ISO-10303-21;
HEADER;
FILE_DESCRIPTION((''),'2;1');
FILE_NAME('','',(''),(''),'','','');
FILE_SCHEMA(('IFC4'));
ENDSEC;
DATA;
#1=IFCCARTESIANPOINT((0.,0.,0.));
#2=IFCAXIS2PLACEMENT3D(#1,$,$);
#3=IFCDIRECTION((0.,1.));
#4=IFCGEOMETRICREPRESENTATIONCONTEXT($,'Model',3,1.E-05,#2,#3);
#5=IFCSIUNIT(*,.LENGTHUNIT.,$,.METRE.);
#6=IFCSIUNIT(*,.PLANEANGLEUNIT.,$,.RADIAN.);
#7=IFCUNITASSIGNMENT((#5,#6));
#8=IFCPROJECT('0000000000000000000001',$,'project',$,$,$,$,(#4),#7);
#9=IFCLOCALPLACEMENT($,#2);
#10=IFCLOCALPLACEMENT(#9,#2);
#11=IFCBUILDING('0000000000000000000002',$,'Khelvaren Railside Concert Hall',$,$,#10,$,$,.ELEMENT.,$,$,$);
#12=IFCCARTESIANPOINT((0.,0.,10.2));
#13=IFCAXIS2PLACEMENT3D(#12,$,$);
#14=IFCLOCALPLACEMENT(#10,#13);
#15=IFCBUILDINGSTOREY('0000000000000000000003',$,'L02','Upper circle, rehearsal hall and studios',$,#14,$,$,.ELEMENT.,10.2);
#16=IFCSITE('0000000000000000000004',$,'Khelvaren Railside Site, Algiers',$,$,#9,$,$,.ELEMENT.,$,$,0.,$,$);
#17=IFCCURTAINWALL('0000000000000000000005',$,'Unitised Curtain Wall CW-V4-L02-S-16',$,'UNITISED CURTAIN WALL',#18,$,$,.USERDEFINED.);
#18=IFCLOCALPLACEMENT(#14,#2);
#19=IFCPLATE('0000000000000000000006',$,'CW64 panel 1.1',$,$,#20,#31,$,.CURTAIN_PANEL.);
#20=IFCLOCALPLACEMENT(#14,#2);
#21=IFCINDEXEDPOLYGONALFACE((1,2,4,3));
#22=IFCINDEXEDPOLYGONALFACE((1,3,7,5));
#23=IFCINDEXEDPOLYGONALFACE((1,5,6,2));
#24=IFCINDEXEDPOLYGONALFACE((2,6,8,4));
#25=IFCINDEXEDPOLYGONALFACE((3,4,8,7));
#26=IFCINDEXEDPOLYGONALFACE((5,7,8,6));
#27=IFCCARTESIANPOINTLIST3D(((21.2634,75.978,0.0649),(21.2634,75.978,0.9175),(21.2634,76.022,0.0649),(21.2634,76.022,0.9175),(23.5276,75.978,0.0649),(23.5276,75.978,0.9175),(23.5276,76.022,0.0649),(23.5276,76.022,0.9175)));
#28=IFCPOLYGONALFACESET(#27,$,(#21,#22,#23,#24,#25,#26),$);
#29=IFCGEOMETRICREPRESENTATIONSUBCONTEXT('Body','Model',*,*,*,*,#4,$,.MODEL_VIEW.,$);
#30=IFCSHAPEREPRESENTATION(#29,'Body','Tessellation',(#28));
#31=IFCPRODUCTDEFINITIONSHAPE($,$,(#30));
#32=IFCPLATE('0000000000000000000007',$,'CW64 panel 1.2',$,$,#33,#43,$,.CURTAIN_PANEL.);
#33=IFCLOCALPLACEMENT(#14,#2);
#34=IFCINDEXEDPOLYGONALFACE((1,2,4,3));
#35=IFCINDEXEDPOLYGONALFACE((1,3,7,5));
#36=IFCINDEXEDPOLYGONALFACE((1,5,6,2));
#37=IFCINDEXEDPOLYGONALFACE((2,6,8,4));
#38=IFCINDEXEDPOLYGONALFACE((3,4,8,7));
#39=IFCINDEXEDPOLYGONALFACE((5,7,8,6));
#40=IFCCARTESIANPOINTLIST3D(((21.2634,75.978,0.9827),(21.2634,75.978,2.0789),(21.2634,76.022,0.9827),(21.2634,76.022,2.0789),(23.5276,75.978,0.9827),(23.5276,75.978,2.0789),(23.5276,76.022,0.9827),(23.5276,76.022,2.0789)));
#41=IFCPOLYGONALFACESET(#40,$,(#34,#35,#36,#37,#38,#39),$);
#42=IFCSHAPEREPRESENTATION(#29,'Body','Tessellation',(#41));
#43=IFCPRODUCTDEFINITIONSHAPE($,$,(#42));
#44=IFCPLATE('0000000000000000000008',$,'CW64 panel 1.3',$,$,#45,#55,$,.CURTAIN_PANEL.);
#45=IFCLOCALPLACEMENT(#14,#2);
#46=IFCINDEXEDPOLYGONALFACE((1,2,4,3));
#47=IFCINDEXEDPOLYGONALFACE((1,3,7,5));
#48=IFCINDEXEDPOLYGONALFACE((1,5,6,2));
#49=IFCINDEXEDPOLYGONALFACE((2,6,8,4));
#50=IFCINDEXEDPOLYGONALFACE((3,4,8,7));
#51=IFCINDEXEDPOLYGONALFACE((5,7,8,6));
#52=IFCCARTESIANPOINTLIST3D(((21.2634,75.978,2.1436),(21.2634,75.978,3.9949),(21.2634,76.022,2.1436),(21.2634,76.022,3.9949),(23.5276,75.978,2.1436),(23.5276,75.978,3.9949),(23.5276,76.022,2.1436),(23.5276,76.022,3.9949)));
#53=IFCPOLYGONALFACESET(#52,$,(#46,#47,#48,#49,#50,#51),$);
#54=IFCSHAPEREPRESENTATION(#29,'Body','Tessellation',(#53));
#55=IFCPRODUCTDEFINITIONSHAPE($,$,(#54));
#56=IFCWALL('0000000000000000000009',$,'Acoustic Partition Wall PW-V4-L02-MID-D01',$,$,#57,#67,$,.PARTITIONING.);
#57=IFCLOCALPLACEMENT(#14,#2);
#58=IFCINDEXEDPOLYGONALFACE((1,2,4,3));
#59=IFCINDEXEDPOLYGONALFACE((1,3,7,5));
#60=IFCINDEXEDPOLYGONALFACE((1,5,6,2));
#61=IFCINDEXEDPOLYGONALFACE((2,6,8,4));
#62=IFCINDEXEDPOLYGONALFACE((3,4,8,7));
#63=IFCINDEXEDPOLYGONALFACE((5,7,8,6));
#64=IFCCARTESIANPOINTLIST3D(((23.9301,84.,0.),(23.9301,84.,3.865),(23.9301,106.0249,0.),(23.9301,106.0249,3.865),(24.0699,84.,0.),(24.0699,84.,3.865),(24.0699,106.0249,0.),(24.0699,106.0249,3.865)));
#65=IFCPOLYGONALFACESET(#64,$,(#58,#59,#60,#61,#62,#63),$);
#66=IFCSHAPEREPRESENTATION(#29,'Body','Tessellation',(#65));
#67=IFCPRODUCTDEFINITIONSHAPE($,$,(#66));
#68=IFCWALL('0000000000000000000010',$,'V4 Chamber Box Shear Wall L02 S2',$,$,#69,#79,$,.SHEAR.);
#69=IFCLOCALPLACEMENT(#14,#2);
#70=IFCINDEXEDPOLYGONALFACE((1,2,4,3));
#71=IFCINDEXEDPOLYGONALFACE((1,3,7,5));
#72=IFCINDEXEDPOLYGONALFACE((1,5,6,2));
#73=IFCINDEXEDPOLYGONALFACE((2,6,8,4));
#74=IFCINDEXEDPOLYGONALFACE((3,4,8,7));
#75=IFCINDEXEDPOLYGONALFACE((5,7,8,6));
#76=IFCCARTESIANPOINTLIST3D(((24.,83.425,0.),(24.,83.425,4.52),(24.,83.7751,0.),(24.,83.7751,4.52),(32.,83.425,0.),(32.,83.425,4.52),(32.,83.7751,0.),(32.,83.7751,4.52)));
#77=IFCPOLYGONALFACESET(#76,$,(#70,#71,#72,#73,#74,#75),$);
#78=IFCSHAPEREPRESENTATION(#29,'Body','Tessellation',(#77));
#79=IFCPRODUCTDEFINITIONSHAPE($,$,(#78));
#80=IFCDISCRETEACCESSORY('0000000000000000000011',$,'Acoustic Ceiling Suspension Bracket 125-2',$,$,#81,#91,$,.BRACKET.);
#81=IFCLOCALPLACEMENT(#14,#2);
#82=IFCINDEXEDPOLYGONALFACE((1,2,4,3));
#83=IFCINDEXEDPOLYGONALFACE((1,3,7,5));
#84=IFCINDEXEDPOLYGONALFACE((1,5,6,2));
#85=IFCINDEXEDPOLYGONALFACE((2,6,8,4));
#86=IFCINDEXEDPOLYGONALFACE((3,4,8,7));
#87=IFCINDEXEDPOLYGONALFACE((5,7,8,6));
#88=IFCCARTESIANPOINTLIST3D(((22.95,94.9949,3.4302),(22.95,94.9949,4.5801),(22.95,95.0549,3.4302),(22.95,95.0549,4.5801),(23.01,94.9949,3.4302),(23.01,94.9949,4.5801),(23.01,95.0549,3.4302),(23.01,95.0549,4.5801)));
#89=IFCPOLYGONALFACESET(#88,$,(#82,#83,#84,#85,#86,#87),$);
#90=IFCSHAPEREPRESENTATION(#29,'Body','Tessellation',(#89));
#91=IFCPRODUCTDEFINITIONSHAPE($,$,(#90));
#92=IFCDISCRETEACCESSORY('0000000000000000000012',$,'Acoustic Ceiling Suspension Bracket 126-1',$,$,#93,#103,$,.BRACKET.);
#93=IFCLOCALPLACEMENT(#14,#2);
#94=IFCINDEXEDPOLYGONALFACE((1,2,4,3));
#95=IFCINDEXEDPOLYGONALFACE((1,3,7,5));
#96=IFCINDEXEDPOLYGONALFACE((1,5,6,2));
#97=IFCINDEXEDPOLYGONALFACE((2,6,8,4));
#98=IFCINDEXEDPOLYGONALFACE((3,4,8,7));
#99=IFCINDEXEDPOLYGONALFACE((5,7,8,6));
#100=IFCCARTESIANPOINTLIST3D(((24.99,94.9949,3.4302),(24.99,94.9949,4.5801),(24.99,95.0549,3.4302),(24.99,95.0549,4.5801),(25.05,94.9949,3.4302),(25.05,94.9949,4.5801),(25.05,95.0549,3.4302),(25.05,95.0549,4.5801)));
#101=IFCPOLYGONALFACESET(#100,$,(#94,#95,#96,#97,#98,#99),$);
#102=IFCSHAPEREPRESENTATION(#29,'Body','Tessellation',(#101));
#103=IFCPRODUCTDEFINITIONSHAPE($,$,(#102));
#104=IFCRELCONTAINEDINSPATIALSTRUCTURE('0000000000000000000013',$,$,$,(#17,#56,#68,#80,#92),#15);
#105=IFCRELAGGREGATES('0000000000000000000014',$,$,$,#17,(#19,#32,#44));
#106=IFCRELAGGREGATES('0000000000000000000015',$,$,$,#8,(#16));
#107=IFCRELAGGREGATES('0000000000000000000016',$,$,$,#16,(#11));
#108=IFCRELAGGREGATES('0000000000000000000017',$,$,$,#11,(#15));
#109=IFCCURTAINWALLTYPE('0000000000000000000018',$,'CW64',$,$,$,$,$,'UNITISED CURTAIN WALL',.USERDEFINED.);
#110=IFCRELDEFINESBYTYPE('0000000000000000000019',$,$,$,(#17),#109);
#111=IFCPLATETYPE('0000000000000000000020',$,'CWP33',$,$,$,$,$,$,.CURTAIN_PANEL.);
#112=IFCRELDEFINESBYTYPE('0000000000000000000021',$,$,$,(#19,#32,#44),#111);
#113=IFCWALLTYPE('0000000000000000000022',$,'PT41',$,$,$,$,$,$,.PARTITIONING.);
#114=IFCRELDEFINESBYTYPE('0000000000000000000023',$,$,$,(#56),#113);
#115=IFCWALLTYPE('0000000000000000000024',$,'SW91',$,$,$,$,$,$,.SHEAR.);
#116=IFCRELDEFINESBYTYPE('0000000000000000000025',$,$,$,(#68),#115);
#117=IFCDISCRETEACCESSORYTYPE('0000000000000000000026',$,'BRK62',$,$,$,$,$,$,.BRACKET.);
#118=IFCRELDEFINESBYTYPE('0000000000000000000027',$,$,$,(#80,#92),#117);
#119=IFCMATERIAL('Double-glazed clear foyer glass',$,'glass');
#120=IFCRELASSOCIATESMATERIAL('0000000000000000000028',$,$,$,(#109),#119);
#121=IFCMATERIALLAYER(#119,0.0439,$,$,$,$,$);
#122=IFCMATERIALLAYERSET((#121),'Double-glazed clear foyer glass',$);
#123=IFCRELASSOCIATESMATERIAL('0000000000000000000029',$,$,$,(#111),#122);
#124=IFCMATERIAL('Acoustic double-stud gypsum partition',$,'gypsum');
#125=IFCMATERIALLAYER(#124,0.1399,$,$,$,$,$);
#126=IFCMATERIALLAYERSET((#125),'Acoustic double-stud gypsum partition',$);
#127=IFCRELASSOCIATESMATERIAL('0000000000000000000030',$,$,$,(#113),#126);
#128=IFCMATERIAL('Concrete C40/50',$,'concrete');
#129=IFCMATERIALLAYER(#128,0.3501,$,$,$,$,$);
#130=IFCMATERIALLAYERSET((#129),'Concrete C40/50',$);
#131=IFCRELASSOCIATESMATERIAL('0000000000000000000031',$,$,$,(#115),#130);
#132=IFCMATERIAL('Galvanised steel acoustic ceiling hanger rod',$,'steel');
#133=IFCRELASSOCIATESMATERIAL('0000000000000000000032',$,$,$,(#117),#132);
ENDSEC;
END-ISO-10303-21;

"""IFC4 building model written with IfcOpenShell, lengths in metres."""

from ifc_helpers import new_model, si_unit, direction, frame, frame_2d, origin, origin_2d, place, context, subcontext, project, spatial, rectangle, extrude, material, layer, layer_set, type_object, element, aggregate, save


model = new_model("IFC4")

# Units and contexts
model_context = context("Model", 3, precision=1e-05, world=origin(), true_north=direction((0.0, 1.0)))
body_context = subcontext(model_context, "Body", "Model", "MODEL_VIEW")
ifc_project = project(units=[si_unit("LENGTHUNIT", "METRE"), si_unit("PLANEANGLEUNIT", "RADIAN")], contexts=[model_context])

# Site, building, storey
site_placement = place(None, origin())
site = spatial("IfcSite", under=ifc_project, at=site_placement, Name="Khelvaren Railside Site, Algiers", CompositionType="ELEMENT", RefElevation=0.0)
building_placement = place(site_placement, origin())
building = spatial("IfcBuilding", under=site, at=building_placement, Name="Khelvaren Railside Concert Hall", CompositionType="ELEMENT")
storey_placement = place(building_placement, frame((0.0, 0.0, 10.2)))
storey = spatial("IfcBuildingStorey", under=building, at=storey_placement, Name="L02", Description="Upper circle, rehearsal hall and studios", CompositionType="ELEMENT", Elevation=10.2)

# Shared definitions
ifc_material_1 = material(Name="Concrete C40/50", Category="concrete")

# Curtain wall
ifc_material_2 = material(Name="Double-glazed clear foyer glass", Category="glass")
curtain_wall_type = type_object("IfcCurtainWallType", Name="CW64", ElementType="UNITISED CURTAIN WALL", PredefinedType="USERDEFINED", material=ifc_material_2)
curtain_wall_placement = place(storey_placement, origin())
curtain_wall = element("IfcCurtainWall", 1, at=curtain_wall_placement, inside=storey, type_object=curtain_wall_type, Name="Unitised Curtain Wall CW-V4-L02-S-16", ObjectType="UNITISED CURTAIN WALL", PredefinedType="USERDEFINED")

# Plates
ifc_layer_1 = layer(ifc_material_2, 0.0439)
ifc_layer_set_1 = layer_set([ifc_layer_1], Name="Double-glazed clear foyer glass")
plate_type = type_object("IfcPlateType", Name="CWP33", PredefinedType="CURTAIN_PANEL", material=ifc_layer_set_1)
plate_1_placement = place(storey_placement, frame((22.3955, 76.0, 0.0649), z_axis=(0.0, 0.0, 1.0), x_axis=(-1.0, 0.0, 0.0)))
plate_1 = element("IfcPlate", 2, at=plate_1_placement, type_object=plate_type, Name="CW64 panel 1.1", PredefinedType="CURTAIN_PANEL", context=body_context, shape_type="SweptSolid", body=[
    extrude(rectangle(XDim=2.2642, YDim=0.0439, at=origin_2d()), origin(), (0.0, 0.0, 1.0), 0.8525),
])
plate_2_placement = place(storey_placement, frame((22.3955, 76.0, 0.9827), z_axis=(0.0, 0.0, 1.0), x_axis=(-1.0, 0.0, 0.0)))
plate_2 = element("IfcPlate", 3, at=plate_2_placement, type_object=plate_type, Name="CW64 panel 1.2", PredefinedType="CURTAIN_PANEL", context=body_context, shape_type="SweptSolid", body=[
    extrude(rectangle(XDim=2.2642, YDim=0.0439, at=origin_2d()), origin(), (0.0, 0.0, 1.0), 1.0962),
])
plate_3_placement = place(storey_placement, frame((22.3955, 76.0, 2.1436), z_axis=(0.0, 0.0, 1.0), x_axis=(-1.0, 0.0, 0.0)))
plate_3 = element("IfcPlate", 4, at=plate_3_placement, type_object=plate_type, Name="CW64 panel 1.3", PredefinedType="CURTAIN_PANEL", context=body_context, shape_type="SweptSolid", body=[
    extrude(rectangle(XDim=2.2642, YDim=0.0439, at=origin_2d()), origin(), (0.0, 0.0, 1.0), 1.8513),
])
aggregate(curtain_wall, [plate_1, plate_2, plate_3])

# Walls
ifc_material_3 = material(Name="Acoustic double-stud gypsum partition", Category="gypsum")
ifc_layer_2 = layer(ifc_material_3, 0.1399)
ifc_layer_set_2 = layer_set([ifc_layer_2], Name="Acoustic double-stud gypsum partition")
wall_type_1 = type_object("IfcWallType", Name="PT41", PredefinedType="PARTITIONING", material=ifc_layer_set_2)
wall_1_placement = place(storey_placement, frame((24.0, 84.0, 0.0), z_axis=(0.0, 0.0, 1.0), x_axis=(0.0, 1.0, 0.0)))
element("IfcWall", 5, at=wall_1_placement, inside=storey, type_object=wall_type_1, Name="Acoustic Partition Wall PW-V4-L02-MID-D01", PredefinedType="PARTITIONING", context=body_context, shape_type="SweptSolid", body=[
    extrude(rectangle(XDim=22.0249, YDim=0.1399, at=frame_2d((11.0125, 0.0))), origin(), (0.0, 0.0, 1.0), 3.865),
])
ifc_layer_3 = layer(ifc_material_1, 0.3501)
ifc_layer_set_3 = layer_set([ifc_layer_3], Name="Concrete C40/50")
wall_type_2 = type_object("IfcWallType", Name="SW91", PredefinedType="SHEAR", material=ifc_layer_set_3)
wall_2_placement = place(storey_placement, frame((24.0, 83.6001, 0.0), z_axis=(0.0, 0.0, 1.0), x_axis=(1.0, 0.0, 0.0)))
element("IfcWall", 6, at=wall_2_placement, inside=storey, type_object=wall_type_2, Name="V4 Chamber Box Shear Wall L02 S2", PredefinedType="SHEAR", context=body_context, shape_type="SweptSolid", body=[
    extrude(rectangle(XDim=8.0, YDim=0.3501, at=frame_2d((4.0, 0.0))), origin(), (0.0, 0.0, 1.0), 4.52),
])

# Discrete accessories
ifc_material_4 = material(Name="Galvanised steel acoustic ceiling hanger rod", Category="steel")
discrete_accessory_type = type_object("IfcDiscreteAccessoryType", Name="BRK62", PredefinedType="BRACKET", material=ifc_material_4)
for number, where, z_axis, x_axis, name in (
    (7, (22.98, 95.0249, 3.4302), (0.0, 0.0, 1.0), (1.0, 0.0, 0.0), "Acoustic Ceiling Suspension Bracket 125-2"),
    (8, (25.02, 95.0249, 3.4302), (0.0, 0.0, 1.0), (1.0, 0.0, 0.0), "Acoustic Ceiling Suspension Bracket 126-1"),
):
    element("IfcDiscreteAccessory", number, at=place(storey_placement, frame(where, z_axis=z_axis, x_axis=x_axis)), inside=storey, type_object=discrete_accessory_type, Name=name, PredefinedType="BRACKET", context=body_context, shape_type="SweptSolid", body=[
        extrude(rectangle(XDim=0.0601, YDim=0.0601, at=origin_2d()), origin(), (0.0, 0.0, 1.0), 1.1499),
    ])

save(model, "model.ifc")
